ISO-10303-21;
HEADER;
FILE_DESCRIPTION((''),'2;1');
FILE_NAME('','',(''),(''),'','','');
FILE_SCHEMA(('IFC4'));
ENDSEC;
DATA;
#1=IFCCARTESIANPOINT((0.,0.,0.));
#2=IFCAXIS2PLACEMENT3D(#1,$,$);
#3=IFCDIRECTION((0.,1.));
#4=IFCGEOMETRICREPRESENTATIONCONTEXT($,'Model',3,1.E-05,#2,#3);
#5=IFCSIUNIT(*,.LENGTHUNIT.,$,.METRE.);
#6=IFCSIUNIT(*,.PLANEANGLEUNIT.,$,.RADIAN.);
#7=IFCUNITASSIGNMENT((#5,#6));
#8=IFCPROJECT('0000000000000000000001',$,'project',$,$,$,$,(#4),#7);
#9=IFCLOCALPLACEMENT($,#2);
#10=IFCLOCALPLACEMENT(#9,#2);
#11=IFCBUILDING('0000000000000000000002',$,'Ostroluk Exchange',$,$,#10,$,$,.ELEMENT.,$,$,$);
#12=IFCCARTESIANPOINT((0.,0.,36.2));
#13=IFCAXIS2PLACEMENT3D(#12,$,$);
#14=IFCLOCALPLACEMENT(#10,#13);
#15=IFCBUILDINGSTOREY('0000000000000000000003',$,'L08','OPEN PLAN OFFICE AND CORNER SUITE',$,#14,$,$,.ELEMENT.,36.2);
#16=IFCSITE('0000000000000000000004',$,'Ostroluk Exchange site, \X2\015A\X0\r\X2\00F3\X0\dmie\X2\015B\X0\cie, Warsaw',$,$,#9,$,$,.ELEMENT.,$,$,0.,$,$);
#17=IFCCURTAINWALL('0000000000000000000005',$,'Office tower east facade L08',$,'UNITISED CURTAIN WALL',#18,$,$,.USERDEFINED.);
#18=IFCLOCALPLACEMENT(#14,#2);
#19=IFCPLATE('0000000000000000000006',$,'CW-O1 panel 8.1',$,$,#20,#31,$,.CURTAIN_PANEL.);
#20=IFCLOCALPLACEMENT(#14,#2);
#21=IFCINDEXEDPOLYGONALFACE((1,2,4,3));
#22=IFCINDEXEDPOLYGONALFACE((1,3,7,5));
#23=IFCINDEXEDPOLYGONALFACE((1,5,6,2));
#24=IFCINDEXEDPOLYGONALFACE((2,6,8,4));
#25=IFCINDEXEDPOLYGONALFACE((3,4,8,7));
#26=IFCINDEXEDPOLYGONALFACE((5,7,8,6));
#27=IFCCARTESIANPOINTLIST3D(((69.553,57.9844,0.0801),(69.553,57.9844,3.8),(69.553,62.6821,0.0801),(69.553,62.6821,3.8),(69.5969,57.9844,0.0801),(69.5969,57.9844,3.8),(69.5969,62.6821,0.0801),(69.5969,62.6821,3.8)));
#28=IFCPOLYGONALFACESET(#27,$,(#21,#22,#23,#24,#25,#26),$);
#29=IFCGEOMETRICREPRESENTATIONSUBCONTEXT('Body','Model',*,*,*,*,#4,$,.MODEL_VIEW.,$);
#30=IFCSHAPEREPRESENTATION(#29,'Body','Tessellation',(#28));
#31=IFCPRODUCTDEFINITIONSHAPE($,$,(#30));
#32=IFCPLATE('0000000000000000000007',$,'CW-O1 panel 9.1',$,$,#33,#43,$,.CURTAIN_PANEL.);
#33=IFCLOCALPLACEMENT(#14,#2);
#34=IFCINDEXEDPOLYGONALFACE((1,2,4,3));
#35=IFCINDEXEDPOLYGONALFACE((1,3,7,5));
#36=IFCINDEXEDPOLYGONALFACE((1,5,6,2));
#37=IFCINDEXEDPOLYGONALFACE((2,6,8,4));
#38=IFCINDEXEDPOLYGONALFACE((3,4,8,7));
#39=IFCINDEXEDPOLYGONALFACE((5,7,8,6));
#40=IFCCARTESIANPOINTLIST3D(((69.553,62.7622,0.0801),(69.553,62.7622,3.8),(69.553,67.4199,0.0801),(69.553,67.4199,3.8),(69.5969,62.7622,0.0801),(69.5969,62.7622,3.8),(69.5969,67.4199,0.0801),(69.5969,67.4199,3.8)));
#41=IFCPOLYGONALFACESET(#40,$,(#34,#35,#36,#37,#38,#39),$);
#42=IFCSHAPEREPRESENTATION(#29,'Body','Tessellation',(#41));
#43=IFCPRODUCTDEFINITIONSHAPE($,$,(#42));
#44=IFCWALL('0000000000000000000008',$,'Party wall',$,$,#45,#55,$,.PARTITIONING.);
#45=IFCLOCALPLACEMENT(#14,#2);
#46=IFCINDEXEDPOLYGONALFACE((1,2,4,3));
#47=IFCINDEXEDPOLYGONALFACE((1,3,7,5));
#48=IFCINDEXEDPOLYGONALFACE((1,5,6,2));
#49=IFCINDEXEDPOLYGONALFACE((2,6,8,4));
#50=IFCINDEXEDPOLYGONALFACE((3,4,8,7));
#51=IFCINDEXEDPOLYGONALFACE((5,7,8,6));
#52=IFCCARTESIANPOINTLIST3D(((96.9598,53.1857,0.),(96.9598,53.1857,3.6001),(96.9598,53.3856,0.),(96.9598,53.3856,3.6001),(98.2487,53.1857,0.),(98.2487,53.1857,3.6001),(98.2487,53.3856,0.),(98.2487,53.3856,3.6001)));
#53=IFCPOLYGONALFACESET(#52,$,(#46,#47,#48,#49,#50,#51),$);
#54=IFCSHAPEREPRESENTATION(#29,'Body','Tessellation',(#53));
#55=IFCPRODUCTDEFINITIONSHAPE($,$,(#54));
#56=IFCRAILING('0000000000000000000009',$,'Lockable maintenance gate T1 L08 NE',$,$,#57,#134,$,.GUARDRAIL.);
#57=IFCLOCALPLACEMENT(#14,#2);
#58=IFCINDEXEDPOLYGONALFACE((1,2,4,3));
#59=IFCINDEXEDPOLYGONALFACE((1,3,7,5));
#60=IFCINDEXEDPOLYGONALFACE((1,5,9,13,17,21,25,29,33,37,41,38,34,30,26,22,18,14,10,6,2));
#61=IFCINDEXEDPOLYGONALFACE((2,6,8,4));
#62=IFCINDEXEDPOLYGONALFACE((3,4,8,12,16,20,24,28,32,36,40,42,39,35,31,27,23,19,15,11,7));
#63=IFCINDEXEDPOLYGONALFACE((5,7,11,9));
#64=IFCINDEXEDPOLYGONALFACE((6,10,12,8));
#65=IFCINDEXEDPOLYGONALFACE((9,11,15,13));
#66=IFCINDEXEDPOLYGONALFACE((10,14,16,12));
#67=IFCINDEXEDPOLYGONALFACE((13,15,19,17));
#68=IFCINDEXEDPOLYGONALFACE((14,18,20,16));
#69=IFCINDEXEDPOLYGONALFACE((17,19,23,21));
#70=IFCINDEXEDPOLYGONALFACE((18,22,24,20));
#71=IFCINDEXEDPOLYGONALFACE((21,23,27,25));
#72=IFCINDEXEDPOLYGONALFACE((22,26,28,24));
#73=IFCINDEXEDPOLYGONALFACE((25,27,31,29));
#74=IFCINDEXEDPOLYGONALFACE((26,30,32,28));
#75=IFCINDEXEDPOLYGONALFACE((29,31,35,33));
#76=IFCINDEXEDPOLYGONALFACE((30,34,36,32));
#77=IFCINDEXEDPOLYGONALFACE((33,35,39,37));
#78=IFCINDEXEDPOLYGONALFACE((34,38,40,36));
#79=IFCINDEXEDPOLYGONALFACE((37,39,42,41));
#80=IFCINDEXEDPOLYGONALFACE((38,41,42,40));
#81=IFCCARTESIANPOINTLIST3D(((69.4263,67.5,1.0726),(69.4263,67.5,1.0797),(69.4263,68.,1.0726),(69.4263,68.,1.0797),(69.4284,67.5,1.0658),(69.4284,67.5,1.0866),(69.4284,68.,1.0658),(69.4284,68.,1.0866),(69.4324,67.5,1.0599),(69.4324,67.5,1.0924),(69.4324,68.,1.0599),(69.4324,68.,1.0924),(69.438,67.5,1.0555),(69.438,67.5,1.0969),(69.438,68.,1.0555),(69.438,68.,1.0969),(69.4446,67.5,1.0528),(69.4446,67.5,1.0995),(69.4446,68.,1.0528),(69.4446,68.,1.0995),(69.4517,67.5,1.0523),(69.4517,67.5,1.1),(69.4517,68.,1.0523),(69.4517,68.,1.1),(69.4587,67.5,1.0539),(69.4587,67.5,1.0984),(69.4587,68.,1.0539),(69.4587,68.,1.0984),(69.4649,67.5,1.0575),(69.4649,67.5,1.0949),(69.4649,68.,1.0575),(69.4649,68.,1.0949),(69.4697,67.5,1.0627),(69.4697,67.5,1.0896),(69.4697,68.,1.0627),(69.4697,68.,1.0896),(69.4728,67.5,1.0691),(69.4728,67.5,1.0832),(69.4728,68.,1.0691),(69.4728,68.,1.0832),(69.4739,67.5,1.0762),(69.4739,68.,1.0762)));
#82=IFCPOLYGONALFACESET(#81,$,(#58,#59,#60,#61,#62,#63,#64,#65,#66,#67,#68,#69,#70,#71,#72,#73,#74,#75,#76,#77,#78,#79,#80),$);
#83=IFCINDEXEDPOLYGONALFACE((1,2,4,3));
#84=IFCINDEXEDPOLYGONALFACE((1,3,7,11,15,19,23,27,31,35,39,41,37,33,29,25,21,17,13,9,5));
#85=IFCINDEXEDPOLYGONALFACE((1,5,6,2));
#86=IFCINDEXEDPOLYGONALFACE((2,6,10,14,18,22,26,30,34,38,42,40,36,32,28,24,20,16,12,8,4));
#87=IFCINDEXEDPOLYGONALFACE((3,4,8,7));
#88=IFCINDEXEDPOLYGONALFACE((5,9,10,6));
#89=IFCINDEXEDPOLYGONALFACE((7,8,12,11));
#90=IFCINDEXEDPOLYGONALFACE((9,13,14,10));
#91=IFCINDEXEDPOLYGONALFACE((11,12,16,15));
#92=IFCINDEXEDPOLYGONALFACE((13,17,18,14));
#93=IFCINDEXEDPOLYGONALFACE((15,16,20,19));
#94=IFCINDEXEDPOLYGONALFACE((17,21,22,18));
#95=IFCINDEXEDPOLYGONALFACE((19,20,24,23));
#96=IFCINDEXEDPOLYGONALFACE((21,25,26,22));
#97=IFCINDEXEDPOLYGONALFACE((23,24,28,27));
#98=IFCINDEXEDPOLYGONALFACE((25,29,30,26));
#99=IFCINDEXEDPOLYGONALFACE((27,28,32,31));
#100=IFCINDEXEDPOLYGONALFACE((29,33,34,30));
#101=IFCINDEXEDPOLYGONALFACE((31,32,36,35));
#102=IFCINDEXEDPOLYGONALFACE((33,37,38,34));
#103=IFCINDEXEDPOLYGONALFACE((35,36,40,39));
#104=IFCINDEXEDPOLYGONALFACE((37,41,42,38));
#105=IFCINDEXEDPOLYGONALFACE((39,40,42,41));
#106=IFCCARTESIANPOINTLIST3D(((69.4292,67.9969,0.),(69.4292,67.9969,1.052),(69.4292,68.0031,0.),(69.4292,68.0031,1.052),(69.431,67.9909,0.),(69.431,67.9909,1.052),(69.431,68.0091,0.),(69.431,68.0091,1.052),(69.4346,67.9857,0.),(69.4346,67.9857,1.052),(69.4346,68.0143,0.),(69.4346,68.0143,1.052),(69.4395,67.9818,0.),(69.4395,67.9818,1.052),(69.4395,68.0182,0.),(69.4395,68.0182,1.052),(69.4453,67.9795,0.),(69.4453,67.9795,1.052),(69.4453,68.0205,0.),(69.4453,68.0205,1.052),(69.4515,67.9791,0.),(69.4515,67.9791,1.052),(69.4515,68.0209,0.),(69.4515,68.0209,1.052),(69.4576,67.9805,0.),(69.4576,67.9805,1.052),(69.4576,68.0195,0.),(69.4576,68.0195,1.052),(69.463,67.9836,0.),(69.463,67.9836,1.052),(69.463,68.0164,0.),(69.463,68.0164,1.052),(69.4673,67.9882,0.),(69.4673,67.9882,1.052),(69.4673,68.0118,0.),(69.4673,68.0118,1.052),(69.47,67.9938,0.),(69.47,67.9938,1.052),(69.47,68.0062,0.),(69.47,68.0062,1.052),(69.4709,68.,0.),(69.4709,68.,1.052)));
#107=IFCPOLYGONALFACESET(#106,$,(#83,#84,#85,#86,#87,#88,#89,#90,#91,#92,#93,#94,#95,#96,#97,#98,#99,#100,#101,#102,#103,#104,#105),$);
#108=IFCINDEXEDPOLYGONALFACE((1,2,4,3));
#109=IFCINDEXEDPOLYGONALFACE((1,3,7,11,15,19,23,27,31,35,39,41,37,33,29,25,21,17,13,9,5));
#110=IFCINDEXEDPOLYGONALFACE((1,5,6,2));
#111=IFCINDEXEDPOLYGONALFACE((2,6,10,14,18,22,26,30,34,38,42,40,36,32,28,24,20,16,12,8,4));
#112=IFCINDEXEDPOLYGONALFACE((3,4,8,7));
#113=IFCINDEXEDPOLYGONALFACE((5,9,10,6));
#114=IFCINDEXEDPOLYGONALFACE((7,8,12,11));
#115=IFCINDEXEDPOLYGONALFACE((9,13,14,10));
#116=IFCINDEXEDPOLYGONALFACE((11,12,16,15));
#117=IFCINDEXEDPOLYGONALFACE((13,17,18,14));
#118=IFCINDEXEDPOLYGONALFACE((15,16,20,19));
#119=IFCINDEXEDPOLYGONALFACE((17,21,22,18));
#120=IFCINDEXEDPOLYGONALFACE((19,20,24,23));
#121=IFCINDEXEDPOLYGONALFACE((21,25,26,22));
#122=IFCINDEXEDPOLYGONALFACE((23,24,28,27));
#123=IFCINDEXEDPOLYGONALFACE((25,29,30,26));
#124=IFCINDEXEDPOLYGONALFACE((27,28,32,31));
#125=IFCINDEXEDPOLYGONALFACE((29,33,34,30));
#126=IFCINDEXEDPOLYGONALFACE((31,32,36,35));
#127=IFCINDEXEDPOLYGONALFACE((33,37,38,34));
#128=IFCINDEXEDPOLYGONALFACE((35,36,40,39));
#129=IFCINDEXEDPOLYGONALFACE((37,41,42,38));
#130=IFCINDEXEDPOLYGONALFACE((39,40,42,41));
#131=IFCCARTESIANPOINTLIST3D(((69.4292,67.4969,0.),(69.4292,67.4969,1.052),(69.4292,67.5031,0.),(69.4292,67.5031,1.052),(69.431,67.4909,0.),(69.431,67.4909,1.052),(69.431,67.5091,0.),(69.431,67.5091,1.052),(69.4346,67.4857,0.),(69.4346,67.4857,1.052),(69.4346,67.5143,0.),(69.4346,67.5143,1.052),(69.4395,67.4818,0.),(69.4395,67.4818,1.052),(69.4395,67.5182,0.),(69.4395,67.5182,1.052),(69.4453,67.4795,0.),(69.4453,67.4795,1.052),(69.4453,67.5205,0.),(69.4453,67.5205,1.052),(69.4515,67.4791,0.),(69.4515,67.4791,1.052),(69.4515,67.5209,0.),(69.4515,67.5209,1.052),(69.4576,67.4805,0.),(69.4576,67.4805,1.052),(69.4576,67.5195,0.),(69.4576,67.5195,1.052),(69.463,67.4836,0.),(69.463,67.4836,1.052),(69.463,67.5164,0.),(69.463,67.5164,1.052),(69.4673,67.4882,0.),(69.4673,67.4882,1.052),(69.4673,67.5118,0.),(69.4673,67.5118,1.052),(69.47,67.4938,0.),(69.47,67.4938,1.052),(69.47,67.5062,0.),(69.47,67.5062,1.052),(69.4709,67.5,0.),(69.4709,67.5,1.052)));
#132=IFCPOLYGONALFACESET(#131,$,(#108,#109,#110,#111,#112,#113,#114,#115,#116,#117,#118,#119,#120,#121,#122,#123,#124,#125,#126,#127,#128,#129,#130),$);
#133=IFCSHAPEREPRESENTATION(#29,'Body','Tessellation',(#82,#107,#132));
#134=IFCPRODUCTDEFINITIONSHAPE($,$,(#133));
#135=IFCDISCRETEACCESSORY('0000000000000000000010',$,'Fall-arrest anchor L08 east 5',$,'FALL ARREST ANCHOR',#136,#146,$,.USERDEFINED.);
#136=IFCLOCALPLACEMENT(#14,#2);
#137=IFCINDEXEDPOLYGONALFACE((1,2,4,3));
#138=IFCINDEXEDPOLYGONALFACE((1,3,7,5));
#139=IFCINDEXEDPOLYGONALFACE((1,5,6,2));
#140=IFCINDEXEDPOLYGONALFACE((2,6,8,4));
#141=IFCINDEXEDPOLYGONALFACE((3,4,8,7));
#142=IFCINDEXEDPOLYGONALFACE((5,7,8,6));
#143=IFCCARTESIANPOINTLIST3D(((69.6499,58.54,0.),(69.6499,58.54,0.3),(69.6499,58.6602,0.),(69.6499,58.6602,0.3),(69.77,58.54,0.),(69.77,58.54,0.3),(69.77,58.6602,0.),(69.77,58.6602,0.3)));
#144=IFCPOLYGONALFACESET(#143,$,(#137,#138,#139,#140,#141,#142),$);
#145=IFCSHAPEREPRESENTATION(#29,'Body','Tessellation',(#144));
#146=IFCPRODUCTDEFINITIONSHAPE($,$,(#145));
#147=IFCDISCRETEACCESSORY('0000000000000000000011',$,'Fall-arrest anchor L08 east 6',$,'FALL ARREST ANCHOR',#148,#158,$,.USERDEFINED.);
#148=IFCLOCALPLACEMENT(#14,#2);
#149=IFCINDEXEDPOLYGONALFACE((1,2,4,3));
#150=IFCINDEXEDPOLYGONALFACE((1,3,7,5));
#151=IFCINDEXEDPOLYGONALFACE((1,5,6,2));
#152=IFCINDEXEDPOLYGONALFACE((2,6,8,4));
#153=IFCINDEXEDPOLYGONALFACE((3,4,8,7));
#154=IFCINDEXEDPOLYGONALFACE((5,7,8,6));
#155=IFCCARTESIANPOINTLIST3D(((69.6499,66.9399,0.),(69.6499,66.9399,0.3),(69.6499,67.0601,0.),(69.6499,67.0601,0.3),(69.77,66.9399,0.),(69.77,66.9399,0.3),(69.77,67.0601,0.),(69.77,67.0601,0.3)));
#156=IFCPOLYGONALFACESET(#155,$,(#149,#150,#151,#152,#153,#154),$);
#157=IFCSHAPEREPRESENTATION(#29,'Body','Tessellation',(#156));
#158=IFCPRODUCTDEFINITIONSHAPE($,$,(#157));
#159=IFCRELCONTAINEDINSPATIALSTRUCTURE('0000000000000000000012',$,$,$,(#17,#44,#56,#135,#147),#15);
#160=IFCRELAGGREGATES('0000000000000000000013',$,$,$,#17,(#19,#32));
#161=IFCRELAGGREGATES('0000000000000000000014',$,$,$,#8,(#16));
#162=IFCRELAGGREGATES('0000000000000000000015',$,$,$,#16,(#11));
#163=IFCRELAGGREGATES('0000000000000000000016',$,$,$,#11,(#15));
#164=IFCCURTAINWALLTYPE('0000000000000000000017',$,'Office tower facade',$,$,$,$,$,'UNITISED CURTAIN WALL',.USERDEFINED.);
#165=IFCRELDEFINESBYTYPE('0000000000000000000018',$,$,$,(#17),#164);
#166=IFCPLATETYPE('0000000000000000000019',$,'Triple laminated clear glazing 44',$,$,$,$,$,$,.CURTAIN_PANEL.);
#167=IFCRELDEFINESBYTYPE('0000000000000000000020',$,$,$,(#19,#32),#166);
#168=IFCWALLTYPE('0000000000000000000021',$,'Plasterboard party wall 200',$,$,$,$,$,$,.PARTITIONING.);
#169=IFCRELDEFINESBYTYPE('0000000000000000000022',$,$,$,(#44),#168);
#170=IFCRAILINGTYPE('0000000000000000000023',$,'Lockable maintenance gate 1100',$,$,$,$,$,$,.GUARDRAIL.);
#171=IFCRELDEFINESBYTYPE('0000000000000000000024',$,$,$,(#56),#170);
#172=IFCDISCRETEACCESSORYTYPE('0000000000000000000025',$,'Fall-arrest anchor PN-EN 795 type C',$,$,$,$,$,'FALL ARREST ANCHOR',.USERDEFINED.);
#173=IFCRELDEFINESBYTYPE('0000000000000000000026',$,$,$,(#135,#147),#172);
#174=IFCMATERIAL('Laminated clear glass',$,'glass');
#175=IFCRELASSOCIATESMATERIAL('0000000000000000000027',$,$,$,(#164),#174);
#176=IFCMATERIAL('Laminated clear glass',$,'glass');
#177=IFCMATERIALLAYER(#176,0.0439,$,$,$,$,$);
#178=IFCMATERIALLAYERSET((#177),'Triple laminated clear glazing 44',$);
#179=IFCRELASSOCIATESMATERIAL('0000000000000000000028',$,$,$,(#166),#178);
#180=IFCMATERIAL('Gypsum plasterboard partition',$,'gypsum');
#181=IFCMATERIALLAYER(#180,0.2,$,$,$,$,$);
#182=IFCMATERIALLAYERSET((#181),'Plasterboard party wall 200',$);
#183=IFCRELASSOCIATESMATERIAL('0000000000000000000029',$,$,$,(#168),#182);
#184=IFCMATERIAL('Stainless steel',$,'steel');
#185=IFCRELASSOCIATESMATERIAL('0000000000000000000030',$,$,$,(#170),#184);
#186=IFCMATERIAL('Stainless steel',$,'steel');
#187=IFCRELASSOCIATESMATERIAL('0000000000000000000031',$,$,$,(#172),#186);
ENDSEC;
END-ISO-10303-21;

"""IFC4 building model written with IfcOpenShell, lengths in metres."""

from ifc_helpers import new_model, si_unit, direction, frame, frame_2d, origin, origin_2d, place, context, subcontext, project, spatial, rectangle, circle, extrude, material, layer, layer_set, type_object, element, aggregate, save


model = new_model("IFC4")

# Units and contexts
model_context = context("Model", 3, precision=1e-05, world=origin(), true_north=direction((0.0, 1.0)))
body_context = subcontext(model_context, "Body", "Model", "MODEL_VIEW")
ifc_project = project(units=[si_unit("LENGTHUNIT", "METRE"), si_unit("PLANEANGLEUNIT", "RADIAN")], contexts=[model_context])

# Site, building, storey
site_placement = place(None, origin())
site = spatial("IfcSite", under=ifc_project, at=site_placement, Name="Ostroluk Exchange site, Śródmieście, Warsaw", CompositionType="ELEMENT", RefElevation=0.0)
building_placement = place(site_placement, origin())
building = spatial("IfcBuilding", under=site, at=building_placement, Name="Ostroluk Exchange", CompositionType="ELEMENT")
storey_placement = place(building_placement, frame((0.0, 0.0, 36.2)))
storey = spatial("IfcBuildingStorey", under=building, at=storey_placement, Name="L08", Description="OPEN PLAN OFFICE AND CORNER SUITE", CompositionType="ELEMENT", Elevation=36.2)

# Curtain wall
ifc_material_1 = material(Name="Laminated clear glass", Category="glass")
curtain_wall_type_1 = type_object("IfcCurtainWallType", Name="Office tower facade", ElementType="UNITISED CURTAIN WALL", PredefinedType="USERDEFINED", material=ifc_material_1)
curtain_wall_1_placement = place(storey_placement, origin())
curtain_wall_1 = element("IfcCurtainWall", 1, at=curtain_wall_1_placement, inside=storey, type_object=curtain_wall_type_1, Name="Office tower east facade L08", ObjectType="UNITISED CURTAIN WALL", PredefinedType="USERDEFINED")

# Plates
ifc_material_2 = material(Name="Laminated clear glass", Category="glass")
ifc_layer_1 = layer(ifc_material_2, 0.0439)
ifc_layer_set_1 = layer_set([ifc_layer_1], Name="Triple laminated clear glazing 44")
plate_type_1 = type_object("IfcPlateType", Name="Triple laminated clear glazing 44", PredefinedType="CURTAIN_PANEL", material=ifc_layer_set_1)
plate_1_placement = place(storey_placement, frame((69.575, 60.3333, 0.0801), z_axis=(0.0, 0.0, 1.0), x_axis=(0.0, 1.0, 0.0)))
plate_1 = element("IfcPlate", 2, at=plate_1_placement, type_object=plate_type_1, Name="CW-O1 panel 8.1", PredefinedType="CURTAIN_PANEL", context=body_context, shape_type="SweptSolid", body=[
    extrude(rectangle(XDim=4.6978, YDim=0.0439, at=origin_2d()), origin(), (0.0, 0.0, 1.0), 3.72),
])
plate_2_placement = place(storey_placement, frame((69.575, 65.0911, 0.0801), z_axis=(0.0, 0.0, 1.0), x_axis=(0.0, 1.0, 0.0)))
plate_2 = element("IfcPlate", 3, at=plate_2_placement, type_object=plate_type_1, Name="CW-O1 panel 9.1", PredefinedType="CURTAIN_PANEL", context=body_context, shape_type="SweptSolid", body=[
    extrude(rectangle(XDim=4.6577, YDim=0.0439, at=origin_2d()), origin(), (0.0, 0.0, 1.0), 3.72),
])
aggregate(curtain_wall_1, [plate_1, plate_2])

# Wall
ifc_material_3 = material(Name="Gypsum plasterboard partition", Category="gypsum")
ifc_layer_2 = layer(ifc_material_3, 0.2)
ifc_layer_set_2 = layer_set([ifc_layer_2], Name="Plasterboard party wall 200")
wall_type = type_object("IfcWallType", Name="Plasterboard party wall 200", PredefinedType="PARTITIONING", material=ifc_layer_set_2)
wall_placement = place(storey_placement, frame((98.2488, 53.2856, 0.0), z_axis=(0.0, 0.0, 1.0), x_axis=(-1.0, 0.0, 0.0)))
element("IfcWall", 4, at=wall_placement, inside=storey, type_object=wall_type, Name="Party wall", PredefinedType="PARTITIONING", context=body_context, shape_type="SweptSolid", body=[
    extrude(rectangle(XDim=1.2888, YDim=0.2, at=frame_2d((0.6445, 0.0))), origin(), (0.0, 0.0, 1.0), 3.6001),
])

# Railing
ifc_material_4 = material(Name="Stainless steel", Category="steel")
railing_type = type_object("IfcRailingType", Name="Lockable maintenance gate 1100", PredefinedType="GUARDRAIL", material=ifc_material_4)
railing_placement = place(storey_placement, frame((69.45, 68.0, 0.0)))
element("IfcRailing", 5, at=railing_placement, inside=storey, type_object=railing_type, Name="Lockable maintenance gate T1 L08 NE", PredefinedType="GUARDRAIL", context=body_context, shape_type="SweptSolid", body=[
    extrude(circle(Radius=0.0239, at=origin_2d()), frame((0.0, 0.0, 1.0762), z_axis=(0.0, -1.0, 0.0), x_axis=(1.0, 0.0, 0.0)), (0.0, 0.0, 1.0), 0.5),
    extrude(circle(Radius=0.021, at=origin_2d()), origin(), (0.0, 0.0, 1.0), 1.052),
    extrude(circle(Radius=0.021, at=origin_2d()), frame((0.0, -0.5, 0.0)), (0.0, 0.0, 1.0), 1.052),
])

# Discrete accessories
ifc_material_5 = material(Name="Stainless steel", Category="steel")
discrete_accessory_type = type_object("IfcDiscreteAccessoryType", Name="Fall-arrest anchor PN-EN 795 type C", ElementType="FALL ARREST ANCHOR", PredefinedType="USERDEFINED", material=ifc_material_5)
for number, where, z_axis, x_axis, name in (
    (6, (69.71, 58.6001, 0.0), (0.0, 0.0, 1.0), (1.0, 0.0, 0.0), "Fall-arrest anchor L08 east 5"),
    (7, (69.71, 67.0, 0.0), (0.0, 0.0, 1.0), (1.0, 0.0, 0.0), "Fall-arrest anchor L08 east 6"),
):
    element("IfcDiscreteAccessory", number, at=place(storey_placement, frame(where, z_axis=z_axis, x_axis=x_axis)), inside=storey, type_object=discrete_accessory_type, Name=name, ObjectType="FALL ARREST ANCHOR", PredefinedType="USERDEFINED", context=body_context, shape_type="SweptSolid", body=[
        extrude(rectangle(XDim=0.1201, YDim=0.1201, at=origin_2d()), origin(), (0.0, 0.0, 1.0), 0.3),
    ])

save(model, "model.ifc")
